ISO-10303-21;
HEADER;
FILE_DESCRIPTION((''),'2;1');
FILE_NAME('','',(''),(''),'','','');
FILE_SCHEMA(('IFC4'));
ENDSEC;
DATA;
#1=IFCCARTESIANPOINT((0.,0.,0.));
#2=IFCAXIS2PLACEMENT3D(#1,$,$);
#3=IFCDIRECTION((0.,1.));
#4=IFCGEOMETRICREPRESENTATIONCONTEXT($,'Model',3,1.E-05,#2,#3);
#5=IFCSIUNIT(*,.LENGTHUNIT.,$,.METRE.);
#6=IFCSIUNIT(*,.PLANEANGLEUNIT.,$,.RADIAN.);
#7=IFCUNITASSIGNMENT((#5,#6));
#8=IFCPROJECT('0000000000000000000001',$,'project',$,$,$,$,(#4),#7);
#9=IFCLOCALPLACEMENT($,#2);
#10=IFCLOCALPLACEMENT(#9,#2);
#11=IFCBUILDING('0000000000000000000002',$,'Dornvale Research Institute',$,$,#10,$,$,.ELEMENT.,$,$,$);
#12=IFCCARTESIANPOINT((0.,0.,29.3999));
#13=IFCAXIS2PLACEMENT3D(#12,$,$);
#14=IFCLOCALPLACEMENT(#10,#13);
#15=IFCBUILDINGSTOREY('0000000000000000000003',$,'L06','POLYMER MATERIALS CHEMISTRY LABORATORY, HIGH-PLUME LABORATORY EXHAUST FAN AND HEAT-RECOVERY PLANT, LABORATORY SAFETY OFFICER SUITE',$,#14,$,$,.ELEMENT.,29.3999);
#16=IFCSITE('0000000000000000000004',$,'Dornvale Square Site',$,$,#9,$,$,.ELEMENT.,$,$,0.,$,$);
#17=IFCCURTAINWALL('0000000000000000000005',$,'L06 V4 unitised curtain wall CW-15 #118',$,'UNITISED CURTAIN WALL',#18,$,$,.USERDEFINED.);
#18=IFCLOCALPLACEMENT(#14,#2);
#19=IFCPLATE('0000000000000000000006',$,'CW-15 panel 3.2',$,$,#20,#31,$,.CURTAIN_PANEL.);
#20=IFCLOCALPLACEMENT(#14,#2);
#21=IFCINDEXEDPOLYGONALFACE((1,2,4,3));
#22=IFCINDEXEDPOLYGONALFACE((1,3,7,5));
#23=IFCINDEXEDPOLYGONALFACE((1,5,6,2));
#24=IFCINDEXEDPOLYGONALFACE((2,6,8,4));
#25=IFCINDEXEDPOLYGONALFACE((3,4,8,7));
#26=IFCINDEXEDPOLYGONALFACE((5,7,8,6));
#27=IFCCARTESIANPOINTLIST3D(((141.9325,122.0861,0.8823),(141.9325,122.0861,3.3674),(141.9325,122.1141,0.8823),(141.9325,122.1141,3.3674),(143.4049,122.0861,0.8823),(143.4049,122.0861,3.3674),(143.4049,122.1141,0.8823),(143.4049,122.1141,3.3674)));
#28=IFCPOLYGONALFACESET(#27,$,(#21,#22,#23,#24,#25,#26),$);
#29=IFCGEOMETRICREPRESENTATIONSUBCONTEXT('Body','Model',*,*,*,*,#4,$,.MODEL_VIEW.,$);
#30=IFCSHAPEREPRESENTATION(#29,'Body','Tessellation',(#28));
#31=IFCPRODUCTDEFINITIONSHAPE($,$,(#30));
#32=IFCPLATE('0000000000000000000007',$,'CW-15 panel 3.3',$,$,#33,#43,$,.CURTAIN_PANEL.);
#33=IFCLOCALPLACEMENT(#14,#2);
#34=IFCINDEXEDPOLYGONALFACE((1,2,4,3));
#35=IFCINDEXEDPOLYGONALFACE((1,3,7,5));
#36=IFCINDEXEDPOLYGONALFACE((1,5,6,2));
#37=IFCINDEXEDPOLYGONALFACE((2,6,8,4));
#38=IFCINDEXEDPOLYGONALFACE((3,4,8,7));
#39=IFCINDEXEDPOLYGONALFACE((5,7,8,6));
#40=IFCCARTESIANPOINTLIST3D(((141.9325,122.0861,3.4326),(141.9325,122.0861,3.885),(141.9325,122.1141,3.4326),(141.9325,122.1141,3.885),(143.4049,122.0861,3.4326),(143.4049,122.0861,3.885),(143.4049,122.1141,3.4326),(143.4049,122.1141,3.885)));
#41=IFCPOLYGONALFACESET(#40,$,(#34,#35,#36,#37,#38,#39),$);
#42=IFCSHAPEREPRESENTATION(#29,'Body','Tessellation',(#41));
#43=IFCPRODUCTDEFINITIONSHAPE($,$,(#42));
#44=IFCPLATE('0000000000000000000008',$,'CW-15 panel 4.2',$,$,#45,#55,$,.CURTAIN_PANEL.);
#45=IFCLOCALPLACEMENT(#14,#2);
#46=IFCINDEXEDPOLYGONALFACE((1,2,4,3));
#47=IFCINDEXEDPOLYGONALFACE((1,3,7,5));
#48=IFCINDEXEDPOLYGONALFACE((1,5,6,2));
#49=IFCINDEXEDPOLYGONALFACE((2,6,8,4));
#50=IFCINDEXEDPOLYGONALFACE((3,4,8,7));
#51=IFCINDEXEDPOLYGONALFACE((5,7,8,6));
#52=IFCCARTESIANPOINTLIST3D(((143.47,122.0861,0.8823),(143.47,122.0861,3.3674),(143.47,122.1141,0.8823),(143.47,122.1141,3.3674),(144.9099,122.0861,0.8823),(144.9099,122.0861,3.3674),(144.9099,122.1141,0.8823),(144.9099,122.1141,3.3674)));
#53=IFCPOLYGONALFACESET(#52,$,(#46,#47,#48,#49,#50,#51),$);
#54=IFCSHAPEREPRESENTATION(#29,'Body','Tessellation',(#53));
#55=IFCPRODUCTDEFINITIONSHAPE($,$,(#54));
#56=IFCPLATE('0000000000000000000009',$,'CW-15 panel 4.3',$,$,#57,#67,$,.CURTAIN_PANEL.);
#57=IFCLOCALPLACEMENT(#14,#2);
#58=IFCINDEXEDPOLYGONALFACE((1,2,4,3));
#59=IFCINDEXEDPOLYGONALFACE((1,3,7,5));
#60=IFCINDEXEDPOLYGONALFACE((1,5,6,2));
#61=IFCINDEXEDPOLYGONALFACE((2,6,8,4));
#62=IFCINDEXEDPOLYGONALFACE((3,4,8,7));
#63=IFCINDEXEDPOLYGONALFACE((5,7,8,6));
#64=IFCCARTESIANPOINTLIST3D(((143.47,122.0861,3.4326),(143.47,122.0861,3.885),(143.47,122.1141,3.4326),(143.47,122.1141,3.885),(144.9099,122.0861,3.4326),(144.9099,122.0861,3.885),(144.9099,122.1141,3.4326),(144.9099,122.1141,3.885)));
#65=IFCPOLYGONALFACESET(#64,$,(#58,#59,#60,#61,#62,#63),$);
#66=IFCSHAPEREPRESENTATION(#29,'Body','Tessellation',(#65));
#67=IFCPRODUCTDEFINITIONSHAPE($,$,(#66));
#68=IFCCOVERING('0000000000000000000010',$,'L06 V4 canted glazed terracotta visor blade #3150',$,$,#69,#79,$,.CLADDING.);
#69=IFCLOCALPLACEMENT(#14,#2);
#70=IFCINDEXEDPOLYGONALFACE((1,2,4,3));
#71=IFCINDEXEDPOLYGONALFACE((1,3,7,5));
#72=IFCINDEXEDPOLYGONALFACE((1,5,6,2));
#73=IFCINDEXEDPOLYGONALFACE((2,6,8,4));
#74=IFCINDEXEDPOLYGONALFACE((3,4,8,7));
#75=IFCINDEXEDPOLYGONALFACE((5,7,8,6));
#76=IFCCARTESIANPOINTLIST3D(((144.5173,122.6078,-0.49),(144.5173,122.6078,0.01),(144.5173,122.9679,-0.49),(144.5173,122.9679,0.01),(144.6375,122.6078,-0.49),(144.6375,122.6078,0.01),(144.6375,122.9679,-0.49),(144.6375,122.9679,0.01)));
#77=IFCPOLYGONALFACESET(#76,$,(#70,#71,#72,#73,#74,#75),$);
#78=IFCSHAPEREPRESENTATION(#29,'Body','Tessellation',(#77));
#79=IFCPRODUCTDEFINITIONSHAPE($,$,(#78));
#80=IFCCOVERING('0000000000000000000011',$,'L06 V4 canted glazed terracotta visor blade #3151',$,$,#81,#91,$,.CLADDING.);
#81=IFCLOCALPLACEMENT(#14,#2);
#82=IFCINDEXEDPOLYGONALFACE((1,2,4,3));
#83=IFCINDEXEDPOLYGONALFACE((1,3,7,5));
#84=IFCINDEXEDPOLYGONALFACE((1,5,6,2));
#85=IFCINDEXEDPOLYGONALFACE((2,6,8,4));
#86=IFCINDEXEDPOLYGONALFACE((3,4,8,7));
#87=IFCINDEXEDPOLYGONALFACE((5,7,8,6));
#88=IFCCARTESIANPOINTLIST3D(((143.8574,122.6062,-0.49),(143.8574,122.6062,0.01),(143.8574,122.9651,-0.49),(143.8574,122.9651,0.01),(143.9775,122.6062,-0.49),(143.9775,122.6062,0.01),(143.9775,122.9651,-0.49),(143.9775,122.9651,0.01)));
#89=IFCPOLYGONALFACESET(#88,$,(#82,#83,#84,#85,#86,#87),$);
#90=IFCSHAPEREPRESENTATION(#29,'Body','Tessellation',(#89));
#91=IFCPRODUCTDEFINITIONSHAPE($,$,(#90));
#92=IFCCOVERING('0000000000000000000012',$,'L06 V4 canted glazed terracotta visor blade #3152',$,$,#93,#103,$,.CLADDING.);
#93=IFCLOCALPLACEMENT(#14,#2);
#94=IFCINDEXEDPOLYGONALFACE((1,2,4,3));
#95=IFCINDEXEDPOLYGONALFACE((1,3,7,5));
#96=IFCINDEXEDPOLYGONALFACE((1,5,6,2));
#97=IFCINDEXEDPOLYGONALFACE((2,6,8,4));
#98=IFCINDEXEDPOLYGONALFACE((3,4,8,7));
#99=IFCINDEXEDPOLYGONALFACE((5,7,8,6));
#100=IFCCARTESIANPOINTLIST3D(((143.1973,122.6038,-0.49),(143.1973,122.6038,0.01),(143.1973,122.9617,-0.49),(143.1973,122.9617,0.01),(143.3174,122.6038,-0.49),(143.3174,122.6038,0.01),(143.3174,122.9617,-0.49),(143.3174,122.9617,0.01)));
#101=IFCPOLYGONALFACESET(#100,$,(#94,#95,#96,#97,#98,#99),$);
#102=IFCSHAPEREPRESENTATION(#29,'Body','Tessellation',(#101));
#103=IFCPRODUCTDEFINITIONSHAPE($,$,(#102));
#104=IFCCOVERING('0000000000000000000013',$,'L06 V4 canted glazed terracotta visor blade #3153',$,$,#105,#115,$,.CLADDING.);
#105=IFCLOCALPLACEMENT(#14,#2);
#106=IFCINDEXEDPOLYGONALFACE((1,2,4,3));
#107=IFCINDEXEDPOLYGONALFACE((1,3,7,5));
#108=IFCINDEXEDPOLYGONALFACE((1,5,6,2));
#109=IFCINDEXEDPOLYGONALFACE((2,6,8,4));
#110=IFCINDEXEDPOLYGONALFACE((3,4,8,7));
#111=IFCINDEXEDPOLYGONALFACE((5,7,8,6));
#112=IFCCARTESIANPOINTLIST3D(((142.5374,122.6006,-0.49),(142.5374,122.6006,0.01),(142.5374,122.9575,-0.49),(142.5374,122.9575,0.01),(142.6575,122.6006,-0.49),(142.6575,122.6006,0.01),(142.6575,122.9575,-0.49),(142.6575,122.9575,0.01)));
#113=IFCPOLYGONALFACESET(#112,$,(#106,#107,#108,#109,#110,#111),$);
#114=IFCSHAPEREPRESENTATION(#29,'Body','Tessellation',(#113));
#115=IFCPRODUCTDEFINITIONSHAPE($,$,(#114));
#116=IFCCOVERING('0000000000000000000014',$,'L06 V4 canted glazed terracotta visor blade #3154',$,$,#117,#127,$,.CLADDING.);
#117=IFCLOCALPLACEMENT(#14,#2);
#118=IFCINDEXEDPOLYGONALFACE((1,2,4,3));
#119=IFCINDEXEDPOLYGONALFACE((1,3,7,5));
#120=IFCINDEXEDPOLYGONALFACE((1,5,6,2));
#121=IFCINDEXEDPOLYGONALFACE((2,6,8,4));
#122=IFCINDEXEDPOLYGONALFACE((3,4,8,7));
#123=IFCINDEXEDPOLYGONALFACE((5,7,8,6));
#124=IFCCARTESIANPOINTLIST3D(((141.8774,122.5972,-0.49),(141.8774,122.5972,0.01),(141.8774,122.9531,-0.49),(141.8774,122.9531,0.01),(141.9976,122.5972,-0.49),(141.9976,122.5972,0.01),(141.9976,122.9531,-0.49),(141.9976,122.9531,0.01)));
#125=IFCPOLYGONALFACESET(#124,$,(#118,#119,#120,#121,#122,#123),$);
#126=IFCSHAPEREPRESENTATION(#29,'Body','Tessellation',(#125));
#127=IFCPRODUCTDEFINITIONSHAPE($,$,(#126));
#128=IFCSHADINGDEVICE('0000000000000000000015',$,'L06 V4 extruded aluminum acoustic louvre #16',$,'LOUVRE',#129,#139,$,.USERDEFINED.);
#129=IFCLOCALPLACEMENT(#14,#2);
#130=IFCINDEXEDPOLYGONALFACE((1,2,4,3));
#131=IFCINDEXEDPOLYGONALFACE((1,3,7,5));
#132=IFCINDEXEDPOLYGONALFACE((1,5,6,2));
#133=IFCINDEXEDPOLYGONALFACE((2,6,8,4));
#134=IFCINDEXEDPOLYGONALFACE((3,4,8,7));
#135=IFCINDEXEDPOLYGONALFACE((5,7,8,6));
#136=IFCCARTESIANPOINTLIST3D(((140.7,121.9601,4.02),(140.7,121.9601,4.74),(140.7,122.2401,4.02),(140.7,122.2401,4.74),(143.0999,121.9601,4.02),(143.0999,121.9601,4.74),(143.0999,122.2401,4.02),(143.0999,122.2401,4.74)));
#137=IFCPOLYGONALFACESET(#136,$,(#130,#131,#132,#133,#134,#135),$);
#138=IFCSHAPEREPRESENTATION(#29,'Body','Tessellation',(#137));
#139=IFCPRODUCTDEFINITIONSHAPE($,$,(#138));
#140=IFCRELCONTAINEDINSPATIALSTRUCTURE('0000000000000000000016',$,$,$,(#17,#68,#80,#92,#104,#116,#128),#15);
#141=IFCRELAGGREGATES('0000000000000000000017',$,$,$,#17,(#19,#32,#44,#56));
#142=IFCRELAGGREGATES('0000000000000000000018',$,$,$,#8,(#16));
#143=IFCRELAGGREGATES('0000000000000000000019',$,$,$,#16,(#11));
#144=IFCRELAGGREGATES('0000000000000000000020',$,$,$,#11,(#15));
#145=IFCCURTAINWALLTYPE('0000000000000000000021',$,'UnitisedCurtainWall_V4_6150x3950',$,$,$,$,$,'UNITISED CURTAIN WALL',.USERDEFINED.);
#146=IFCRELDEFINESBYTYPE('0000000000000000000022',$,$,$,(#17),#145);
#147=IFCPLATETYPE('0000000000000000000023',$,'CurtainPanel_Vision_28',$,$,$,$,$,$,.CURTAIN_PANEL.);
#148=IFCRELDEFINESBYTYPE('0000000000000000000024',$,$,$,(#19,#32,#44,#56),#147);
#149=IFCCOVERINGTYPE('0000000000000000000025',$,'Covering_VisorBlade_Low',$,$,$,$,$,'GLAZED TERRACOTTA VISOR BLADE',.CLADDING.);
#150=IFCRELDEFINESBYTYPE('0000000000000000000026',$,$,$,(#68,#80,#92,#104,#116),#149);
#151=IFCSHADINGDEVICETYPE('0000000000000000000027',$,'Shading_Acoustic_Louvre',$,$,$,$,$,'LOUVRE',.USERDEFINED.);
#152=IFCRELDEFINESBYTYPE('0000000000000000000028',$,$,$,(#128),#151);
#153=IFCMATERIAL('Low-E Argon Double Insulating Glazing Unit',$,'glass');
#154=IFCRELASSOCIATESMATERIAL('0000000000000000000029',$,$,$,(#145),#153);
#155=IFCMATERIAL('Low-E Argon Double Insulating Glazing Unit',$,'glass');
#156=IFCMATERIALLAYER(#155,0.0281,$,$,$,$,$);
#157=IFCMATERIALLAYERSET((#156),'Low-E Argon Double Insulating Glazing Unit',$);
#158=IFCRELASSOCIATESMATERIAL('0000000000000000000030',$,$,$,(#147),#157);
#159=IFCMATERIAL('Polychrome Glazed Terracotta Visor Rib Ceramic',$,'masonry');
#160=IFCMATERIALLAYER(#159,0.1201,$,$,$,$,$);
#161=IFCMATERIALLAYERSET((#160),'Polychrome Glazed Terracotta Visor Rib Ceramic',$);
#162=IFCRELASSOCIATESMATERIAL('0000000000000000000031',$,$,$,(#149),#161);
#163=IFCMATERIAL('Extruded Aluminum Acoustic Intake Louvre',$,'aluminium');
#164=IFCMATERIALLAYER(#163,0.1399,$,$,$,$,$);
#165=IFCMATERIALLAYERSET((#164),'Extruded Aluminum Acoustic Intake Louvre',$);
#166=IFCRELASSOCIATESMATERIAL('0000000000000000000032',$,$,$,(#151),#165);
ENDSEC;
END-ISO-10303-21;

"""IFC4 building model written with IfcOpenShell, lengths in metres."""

from ifc_helpers import new_model, si_unit, direction, frame, origin, origin_2d, place, context, subcontext, project, spatial, rectangle, extrude, material, layer, layer_set, type_object, element, aggregate, save


model = new_model("IFC4")

# Units and contexts
model_context = context("Model", 3, precision=1e-05, world=origin(), true_north=direction((0.0, 1.0)))
body_context = subcontext(model_context, "Body", "Model", "MODEL_VIEW")
ifc_project = project(units=[si_unit("LENGTHUNIT", "METRE"), si_unit("PLANEANGLEUNIT", "RADIAN")], contexts=[model_context])

# Site, building, storey
site_placement = place(None, origin())
site = spatial("IfcSite", under=ifc_project, at=site_placement, Name="Dornvale Square Site", CompositionType="ELEMENT", RefElevation=0.0)
building_placement = place(site_placement, origin())
building = spatial("IfcBuilding", under=site, at=building_placement, Name="Dornvale Research Institute", CompositionType="ELEMENT")
storey_placement = place(building_placement, frame((0.0, 0.0, 29.3999)))
storey = spatial("IfcBuildingStorey", under=building, at=storey_placement, Name="L06", Description="POLYMER MATERIALS CHEMISTRY LABORATORY, HIGH-PLUME LABORATORY EXHAUST FAN AND HEAT-RECOVERY PLANT, LABORATORY SAFETY OFFICER SUITE", CompositionType="ELEMENT", Elevation=29.3999)

# Curtain wall
ifc_material_1 = material(Name="Low-E Argon Double Insulating Glazing Unit", Category="glass")
curtain_wall_type = type_object("IfcCurtainWallType", Name="UnitisedCurtainWall_V4_6150x3950", ElementType="UNITISED CURTAIN WALL", PredefinedType="USERDEFINED", material=ifc_material_1)
curtain_wall_placement = place(storey_placement, origin())
curtain_wall = element("IfcCurtainWall", 1, at=curtain_wall_placement, inside=storey, type_object=curtain_wall_type, Name="L06 V4 unitised curtain wall CW-15 #118", ObjectType="UNITISED CURTAIN WALL", PredefinedType="USERDEFINED")

# Plates
ifc_material_2 = material(Name="Low-E Argon Double Insulating Glazing Unit", Category="glass")
ifc_layer_1 = layer(ifc_material_2, 0.0281)
ifc_layer_set_1 = layer_set([ifc_layer_1], Name="Low-E Argon Double Insulating Glazing Unit")
plate_type_1 = type_object("IfcPlateType", Name="CurtainPanel_Vision_28", PredefinedType="CURTAIN_PANEL", material=ifc_layer_set_1)
plate_1_placement = place(storey_placement, frame((142.6687, 122.1001, 0.8823), z_axis=(0.0, 0.0, 1.0), x_axis=(1.0, 0.0, 0.0)))
plate_1 = element("IfcPlate", 2, at=plate_1_placement, type_object=plate_type_1, Name="CW-15 panel 3.2", PredefinedType="CURTAIN_PANEL", context=body_context, shape_type="SweptSolid", body=[
    extrude(rectangle(XDim=1.4724, YDim=0.0281, at=origin_2d()), origin(), (0.0, 0.0, 1.0), 2.4851),
])
plate_2_placement = place(storey_placement, frame((142.6687, 122.1001, 3.4326), z_axis=(0.0, 0.0, 1.0), x_axis=(1.0, 0.0, 0.0)))
plate_2 = element("IfcPlate", 3, at=plate_2_placement, type_object=plate_type_1, Name="CW-15 panel 3.3", PredefinedType="CURTAIN_PANEL", context=body_context, shape_type="SweptSolid", body=[
    extrude(rectangle(XDim=1.4724, YDim=0.0281, at=origin_2d()), origin(), (0.0, 0.0, 1.0), 0.4524),
])
plate_3_placement = place(storey_placement, frame((144.1899, 122.1001, 0.8823), z_axis=(0.0, 0.0, 1.0), x_axis=(1.0, 0.0, 0.0)))
plate_3 = element("IfcPlate", 4, at=plate_3_placement, type_object=plate_type_1, Name="CW-15 panel 4.2", PredefinedType="CURTAIN_PANEL", context=body_context, shape_type="SweptSolid", body=[
    extrude(rectangle(XDim=1.4399, YDim=0.0281, at=origin_2d()), origin(), (0.0, 0.0, 1.0), 2.4851),
])
plate_4_placement = place(storey_placement, frame((144.1899, 122.1001, 3.4326), z_axis=(0.0, 0.0, 1.0), x_axis=(1.0, 0.0, 0.0)))
plate_4 = element("IfcPlate", 5, at=plate_4_placement, type_object=plate_type_1, Name="CW-15 panel 4.3", PredefinedType="CURTAIN_PANEL", context=body_context, shape_type="SweptSolid", body=[
    extrude(rectangle(XDim=1.4399, YDim=0.0281, at=origin_2d()), origin(), (0.0, 0.0, 1.0), 0.4524),
])
aggregate(curtain_wall, [plate_1, plate_2, plate_3, plate_4])

# Coverings
ifc_material_3 = material(Name="Polychrome Glazed Terracotta Visor Rib Ceramic", Category="masonry")
ifc_layer_2 = layer(ifc_material_3, 0.1201)
ifc_layer_set_2 = layer_set([ifc_layer_2], Name="Polychrome Glazed Terracotta Visor Rib Ceramic")
covering_type = type_object("IfcCoveringType", Name="Covering_VisorBlade_Low", ElementType="GLAZED TERRACOTTA VISOR BLADE", PredefinedType="CLADDING", material=ifc_layer_set_2)
covering_1_placement = place(storey_placement, frame((144.5774, 122.7878, -0.49), z_axis=(0.0, 0.0, 1.0), x_axis=(0.0, 1.0, 0.0)))
element("IfcCovering", 6, at=covering_1_placement, inside=storey, type_object=covering_type, Name="L06 V4 canted glazed terracotta visor blade #3150", PredefinedType="CLADDING", context=body_context, shape_type="SweptSolid", body=[
    extrude(rectangle(XDim=0.3601, YDim=0.1201, at=origin_2d()), origin(), (0.0, 0.0, 1.0), 0.5),
])
covering_2_placement = place(storey_placement, frame((143.9175, 122.7856, -0.49), z_axis=(0.0, 0.0, 1.0), x_axis=(0.0, 1.0, 0.0)))
element("IfcCovering", 7, at=covering_2_placement, inside=storey, type_object=covering_type, Name="L06 V4 canted glazed terracotta visor blade #3151", PredefinedType="CLADDING", context=body_context, shape_type="SweptSolid", body=[
    extrude(rectangle(XDim=0.3589, YDim=0.1201, at=origin_2d()), origin(), (0.0, 0.0, 1.0), 0.5),
])
covering_3_placement = place(storey_placement, frame((143.2573, 122.7827, -0.49), z_axis=(0.0, 0.0, 1.0), x_axis=(0.0, 1.0, 0.0)))
element("IfcCovering", 8, at=covering_3_placement, inside=storey, type_object=covering_type, Name="L06 V4 canted glazed terracotta visor blade #3152", PredefinedType="CLADDING", context=body_context, shape_type="SweptSolid", body=[
    extrude(rectangle(XDim=0.3579, YDim=0.1201, at=origin_2d()), origin(), (0.0, 0.0, 1.0), 0.5),
])
covering_4_placement = place(storey_placement, frame((142.5974, 122.7791, -0.49), z_axis=(0.0, 0.0, 1.0), x_axis=(0.0, 1.0, 0.0)))
element("IfcCovering", 9, at=covering_4_placement, inside=storey, type_object=covering_type, Name="L06 V4 canted glazed terracotta visor blade #3153", PredefinedType="CLADDING", context=body_context, shape_type="SweptSolid", body=[
    extrude(rectangle(XDim=0.3569, YDim=0.1201, at=origin_2d()), origin(), (0.0, 0.0, 1.0), 0.5),
])
covering_5_placement = place(storey_placement, frame((141.9375, 122.7751, -0.49), z_axis=(0.0, 0.0, 1.0), x_axis=(0.0, 1.0, 0.0)))
element("IfcCovering", 10, at=covering_5_placement, inside=storey, type_object=covering_type, Name="L06 V4 canted glazed terracotta visor blade #3154", PredefinedType="CLADDING", context=body_context, shape_type="SweptSolid", body=[
    extrude(rectangle(XDim=0.356, YDim=0.1201, at=origin_2d()), origin(), (0.0, 0.0, 1.0), 0.5),
])

# Shading device
ifc_material_4 = material(Name="Extruded Aluminum Acoustic Intake Louvre", Category="aluminium")
ifc_layer_3 = layer(ifc_material_4, 0.1399)
ifc_layer_set_3 = layer_set([ifc_layer_3], Name="Extruded Aluminum Acoustic Intake Louvre")
shading_device_type = type_object("IfcShadingDeviceType", Name="Shading_Acoustic_Louvre", ElementType="LOUVRE", PredefinedType="USERDEFINED", material=ifc_layer_set_3)
shading_device_placement = place(storey_placement, frame((141.8999, 122.1001, 4.02), z_axis=(0.0, 0.0, 1.0), x_axis=(1.0, 0.0, 0.0)))
element("IfcShadingDevice", 11, at=shading_device_placement, inside=storey, type_object=shading_device_type, Name="L06 V4 extruded aluminum acoustic louvre #16", ObjectType="LOUVRE", PredefinedType="USERDEFINED", context=body_context, shape_type="SweptSolid", body=[
    extrude(rectangle(XDim=2.3999, YDim=0.28, at=origin_2d()), origin(), (0.0, 0.0, 1.0), 0.72),
])

save(model, "model.ifc")
